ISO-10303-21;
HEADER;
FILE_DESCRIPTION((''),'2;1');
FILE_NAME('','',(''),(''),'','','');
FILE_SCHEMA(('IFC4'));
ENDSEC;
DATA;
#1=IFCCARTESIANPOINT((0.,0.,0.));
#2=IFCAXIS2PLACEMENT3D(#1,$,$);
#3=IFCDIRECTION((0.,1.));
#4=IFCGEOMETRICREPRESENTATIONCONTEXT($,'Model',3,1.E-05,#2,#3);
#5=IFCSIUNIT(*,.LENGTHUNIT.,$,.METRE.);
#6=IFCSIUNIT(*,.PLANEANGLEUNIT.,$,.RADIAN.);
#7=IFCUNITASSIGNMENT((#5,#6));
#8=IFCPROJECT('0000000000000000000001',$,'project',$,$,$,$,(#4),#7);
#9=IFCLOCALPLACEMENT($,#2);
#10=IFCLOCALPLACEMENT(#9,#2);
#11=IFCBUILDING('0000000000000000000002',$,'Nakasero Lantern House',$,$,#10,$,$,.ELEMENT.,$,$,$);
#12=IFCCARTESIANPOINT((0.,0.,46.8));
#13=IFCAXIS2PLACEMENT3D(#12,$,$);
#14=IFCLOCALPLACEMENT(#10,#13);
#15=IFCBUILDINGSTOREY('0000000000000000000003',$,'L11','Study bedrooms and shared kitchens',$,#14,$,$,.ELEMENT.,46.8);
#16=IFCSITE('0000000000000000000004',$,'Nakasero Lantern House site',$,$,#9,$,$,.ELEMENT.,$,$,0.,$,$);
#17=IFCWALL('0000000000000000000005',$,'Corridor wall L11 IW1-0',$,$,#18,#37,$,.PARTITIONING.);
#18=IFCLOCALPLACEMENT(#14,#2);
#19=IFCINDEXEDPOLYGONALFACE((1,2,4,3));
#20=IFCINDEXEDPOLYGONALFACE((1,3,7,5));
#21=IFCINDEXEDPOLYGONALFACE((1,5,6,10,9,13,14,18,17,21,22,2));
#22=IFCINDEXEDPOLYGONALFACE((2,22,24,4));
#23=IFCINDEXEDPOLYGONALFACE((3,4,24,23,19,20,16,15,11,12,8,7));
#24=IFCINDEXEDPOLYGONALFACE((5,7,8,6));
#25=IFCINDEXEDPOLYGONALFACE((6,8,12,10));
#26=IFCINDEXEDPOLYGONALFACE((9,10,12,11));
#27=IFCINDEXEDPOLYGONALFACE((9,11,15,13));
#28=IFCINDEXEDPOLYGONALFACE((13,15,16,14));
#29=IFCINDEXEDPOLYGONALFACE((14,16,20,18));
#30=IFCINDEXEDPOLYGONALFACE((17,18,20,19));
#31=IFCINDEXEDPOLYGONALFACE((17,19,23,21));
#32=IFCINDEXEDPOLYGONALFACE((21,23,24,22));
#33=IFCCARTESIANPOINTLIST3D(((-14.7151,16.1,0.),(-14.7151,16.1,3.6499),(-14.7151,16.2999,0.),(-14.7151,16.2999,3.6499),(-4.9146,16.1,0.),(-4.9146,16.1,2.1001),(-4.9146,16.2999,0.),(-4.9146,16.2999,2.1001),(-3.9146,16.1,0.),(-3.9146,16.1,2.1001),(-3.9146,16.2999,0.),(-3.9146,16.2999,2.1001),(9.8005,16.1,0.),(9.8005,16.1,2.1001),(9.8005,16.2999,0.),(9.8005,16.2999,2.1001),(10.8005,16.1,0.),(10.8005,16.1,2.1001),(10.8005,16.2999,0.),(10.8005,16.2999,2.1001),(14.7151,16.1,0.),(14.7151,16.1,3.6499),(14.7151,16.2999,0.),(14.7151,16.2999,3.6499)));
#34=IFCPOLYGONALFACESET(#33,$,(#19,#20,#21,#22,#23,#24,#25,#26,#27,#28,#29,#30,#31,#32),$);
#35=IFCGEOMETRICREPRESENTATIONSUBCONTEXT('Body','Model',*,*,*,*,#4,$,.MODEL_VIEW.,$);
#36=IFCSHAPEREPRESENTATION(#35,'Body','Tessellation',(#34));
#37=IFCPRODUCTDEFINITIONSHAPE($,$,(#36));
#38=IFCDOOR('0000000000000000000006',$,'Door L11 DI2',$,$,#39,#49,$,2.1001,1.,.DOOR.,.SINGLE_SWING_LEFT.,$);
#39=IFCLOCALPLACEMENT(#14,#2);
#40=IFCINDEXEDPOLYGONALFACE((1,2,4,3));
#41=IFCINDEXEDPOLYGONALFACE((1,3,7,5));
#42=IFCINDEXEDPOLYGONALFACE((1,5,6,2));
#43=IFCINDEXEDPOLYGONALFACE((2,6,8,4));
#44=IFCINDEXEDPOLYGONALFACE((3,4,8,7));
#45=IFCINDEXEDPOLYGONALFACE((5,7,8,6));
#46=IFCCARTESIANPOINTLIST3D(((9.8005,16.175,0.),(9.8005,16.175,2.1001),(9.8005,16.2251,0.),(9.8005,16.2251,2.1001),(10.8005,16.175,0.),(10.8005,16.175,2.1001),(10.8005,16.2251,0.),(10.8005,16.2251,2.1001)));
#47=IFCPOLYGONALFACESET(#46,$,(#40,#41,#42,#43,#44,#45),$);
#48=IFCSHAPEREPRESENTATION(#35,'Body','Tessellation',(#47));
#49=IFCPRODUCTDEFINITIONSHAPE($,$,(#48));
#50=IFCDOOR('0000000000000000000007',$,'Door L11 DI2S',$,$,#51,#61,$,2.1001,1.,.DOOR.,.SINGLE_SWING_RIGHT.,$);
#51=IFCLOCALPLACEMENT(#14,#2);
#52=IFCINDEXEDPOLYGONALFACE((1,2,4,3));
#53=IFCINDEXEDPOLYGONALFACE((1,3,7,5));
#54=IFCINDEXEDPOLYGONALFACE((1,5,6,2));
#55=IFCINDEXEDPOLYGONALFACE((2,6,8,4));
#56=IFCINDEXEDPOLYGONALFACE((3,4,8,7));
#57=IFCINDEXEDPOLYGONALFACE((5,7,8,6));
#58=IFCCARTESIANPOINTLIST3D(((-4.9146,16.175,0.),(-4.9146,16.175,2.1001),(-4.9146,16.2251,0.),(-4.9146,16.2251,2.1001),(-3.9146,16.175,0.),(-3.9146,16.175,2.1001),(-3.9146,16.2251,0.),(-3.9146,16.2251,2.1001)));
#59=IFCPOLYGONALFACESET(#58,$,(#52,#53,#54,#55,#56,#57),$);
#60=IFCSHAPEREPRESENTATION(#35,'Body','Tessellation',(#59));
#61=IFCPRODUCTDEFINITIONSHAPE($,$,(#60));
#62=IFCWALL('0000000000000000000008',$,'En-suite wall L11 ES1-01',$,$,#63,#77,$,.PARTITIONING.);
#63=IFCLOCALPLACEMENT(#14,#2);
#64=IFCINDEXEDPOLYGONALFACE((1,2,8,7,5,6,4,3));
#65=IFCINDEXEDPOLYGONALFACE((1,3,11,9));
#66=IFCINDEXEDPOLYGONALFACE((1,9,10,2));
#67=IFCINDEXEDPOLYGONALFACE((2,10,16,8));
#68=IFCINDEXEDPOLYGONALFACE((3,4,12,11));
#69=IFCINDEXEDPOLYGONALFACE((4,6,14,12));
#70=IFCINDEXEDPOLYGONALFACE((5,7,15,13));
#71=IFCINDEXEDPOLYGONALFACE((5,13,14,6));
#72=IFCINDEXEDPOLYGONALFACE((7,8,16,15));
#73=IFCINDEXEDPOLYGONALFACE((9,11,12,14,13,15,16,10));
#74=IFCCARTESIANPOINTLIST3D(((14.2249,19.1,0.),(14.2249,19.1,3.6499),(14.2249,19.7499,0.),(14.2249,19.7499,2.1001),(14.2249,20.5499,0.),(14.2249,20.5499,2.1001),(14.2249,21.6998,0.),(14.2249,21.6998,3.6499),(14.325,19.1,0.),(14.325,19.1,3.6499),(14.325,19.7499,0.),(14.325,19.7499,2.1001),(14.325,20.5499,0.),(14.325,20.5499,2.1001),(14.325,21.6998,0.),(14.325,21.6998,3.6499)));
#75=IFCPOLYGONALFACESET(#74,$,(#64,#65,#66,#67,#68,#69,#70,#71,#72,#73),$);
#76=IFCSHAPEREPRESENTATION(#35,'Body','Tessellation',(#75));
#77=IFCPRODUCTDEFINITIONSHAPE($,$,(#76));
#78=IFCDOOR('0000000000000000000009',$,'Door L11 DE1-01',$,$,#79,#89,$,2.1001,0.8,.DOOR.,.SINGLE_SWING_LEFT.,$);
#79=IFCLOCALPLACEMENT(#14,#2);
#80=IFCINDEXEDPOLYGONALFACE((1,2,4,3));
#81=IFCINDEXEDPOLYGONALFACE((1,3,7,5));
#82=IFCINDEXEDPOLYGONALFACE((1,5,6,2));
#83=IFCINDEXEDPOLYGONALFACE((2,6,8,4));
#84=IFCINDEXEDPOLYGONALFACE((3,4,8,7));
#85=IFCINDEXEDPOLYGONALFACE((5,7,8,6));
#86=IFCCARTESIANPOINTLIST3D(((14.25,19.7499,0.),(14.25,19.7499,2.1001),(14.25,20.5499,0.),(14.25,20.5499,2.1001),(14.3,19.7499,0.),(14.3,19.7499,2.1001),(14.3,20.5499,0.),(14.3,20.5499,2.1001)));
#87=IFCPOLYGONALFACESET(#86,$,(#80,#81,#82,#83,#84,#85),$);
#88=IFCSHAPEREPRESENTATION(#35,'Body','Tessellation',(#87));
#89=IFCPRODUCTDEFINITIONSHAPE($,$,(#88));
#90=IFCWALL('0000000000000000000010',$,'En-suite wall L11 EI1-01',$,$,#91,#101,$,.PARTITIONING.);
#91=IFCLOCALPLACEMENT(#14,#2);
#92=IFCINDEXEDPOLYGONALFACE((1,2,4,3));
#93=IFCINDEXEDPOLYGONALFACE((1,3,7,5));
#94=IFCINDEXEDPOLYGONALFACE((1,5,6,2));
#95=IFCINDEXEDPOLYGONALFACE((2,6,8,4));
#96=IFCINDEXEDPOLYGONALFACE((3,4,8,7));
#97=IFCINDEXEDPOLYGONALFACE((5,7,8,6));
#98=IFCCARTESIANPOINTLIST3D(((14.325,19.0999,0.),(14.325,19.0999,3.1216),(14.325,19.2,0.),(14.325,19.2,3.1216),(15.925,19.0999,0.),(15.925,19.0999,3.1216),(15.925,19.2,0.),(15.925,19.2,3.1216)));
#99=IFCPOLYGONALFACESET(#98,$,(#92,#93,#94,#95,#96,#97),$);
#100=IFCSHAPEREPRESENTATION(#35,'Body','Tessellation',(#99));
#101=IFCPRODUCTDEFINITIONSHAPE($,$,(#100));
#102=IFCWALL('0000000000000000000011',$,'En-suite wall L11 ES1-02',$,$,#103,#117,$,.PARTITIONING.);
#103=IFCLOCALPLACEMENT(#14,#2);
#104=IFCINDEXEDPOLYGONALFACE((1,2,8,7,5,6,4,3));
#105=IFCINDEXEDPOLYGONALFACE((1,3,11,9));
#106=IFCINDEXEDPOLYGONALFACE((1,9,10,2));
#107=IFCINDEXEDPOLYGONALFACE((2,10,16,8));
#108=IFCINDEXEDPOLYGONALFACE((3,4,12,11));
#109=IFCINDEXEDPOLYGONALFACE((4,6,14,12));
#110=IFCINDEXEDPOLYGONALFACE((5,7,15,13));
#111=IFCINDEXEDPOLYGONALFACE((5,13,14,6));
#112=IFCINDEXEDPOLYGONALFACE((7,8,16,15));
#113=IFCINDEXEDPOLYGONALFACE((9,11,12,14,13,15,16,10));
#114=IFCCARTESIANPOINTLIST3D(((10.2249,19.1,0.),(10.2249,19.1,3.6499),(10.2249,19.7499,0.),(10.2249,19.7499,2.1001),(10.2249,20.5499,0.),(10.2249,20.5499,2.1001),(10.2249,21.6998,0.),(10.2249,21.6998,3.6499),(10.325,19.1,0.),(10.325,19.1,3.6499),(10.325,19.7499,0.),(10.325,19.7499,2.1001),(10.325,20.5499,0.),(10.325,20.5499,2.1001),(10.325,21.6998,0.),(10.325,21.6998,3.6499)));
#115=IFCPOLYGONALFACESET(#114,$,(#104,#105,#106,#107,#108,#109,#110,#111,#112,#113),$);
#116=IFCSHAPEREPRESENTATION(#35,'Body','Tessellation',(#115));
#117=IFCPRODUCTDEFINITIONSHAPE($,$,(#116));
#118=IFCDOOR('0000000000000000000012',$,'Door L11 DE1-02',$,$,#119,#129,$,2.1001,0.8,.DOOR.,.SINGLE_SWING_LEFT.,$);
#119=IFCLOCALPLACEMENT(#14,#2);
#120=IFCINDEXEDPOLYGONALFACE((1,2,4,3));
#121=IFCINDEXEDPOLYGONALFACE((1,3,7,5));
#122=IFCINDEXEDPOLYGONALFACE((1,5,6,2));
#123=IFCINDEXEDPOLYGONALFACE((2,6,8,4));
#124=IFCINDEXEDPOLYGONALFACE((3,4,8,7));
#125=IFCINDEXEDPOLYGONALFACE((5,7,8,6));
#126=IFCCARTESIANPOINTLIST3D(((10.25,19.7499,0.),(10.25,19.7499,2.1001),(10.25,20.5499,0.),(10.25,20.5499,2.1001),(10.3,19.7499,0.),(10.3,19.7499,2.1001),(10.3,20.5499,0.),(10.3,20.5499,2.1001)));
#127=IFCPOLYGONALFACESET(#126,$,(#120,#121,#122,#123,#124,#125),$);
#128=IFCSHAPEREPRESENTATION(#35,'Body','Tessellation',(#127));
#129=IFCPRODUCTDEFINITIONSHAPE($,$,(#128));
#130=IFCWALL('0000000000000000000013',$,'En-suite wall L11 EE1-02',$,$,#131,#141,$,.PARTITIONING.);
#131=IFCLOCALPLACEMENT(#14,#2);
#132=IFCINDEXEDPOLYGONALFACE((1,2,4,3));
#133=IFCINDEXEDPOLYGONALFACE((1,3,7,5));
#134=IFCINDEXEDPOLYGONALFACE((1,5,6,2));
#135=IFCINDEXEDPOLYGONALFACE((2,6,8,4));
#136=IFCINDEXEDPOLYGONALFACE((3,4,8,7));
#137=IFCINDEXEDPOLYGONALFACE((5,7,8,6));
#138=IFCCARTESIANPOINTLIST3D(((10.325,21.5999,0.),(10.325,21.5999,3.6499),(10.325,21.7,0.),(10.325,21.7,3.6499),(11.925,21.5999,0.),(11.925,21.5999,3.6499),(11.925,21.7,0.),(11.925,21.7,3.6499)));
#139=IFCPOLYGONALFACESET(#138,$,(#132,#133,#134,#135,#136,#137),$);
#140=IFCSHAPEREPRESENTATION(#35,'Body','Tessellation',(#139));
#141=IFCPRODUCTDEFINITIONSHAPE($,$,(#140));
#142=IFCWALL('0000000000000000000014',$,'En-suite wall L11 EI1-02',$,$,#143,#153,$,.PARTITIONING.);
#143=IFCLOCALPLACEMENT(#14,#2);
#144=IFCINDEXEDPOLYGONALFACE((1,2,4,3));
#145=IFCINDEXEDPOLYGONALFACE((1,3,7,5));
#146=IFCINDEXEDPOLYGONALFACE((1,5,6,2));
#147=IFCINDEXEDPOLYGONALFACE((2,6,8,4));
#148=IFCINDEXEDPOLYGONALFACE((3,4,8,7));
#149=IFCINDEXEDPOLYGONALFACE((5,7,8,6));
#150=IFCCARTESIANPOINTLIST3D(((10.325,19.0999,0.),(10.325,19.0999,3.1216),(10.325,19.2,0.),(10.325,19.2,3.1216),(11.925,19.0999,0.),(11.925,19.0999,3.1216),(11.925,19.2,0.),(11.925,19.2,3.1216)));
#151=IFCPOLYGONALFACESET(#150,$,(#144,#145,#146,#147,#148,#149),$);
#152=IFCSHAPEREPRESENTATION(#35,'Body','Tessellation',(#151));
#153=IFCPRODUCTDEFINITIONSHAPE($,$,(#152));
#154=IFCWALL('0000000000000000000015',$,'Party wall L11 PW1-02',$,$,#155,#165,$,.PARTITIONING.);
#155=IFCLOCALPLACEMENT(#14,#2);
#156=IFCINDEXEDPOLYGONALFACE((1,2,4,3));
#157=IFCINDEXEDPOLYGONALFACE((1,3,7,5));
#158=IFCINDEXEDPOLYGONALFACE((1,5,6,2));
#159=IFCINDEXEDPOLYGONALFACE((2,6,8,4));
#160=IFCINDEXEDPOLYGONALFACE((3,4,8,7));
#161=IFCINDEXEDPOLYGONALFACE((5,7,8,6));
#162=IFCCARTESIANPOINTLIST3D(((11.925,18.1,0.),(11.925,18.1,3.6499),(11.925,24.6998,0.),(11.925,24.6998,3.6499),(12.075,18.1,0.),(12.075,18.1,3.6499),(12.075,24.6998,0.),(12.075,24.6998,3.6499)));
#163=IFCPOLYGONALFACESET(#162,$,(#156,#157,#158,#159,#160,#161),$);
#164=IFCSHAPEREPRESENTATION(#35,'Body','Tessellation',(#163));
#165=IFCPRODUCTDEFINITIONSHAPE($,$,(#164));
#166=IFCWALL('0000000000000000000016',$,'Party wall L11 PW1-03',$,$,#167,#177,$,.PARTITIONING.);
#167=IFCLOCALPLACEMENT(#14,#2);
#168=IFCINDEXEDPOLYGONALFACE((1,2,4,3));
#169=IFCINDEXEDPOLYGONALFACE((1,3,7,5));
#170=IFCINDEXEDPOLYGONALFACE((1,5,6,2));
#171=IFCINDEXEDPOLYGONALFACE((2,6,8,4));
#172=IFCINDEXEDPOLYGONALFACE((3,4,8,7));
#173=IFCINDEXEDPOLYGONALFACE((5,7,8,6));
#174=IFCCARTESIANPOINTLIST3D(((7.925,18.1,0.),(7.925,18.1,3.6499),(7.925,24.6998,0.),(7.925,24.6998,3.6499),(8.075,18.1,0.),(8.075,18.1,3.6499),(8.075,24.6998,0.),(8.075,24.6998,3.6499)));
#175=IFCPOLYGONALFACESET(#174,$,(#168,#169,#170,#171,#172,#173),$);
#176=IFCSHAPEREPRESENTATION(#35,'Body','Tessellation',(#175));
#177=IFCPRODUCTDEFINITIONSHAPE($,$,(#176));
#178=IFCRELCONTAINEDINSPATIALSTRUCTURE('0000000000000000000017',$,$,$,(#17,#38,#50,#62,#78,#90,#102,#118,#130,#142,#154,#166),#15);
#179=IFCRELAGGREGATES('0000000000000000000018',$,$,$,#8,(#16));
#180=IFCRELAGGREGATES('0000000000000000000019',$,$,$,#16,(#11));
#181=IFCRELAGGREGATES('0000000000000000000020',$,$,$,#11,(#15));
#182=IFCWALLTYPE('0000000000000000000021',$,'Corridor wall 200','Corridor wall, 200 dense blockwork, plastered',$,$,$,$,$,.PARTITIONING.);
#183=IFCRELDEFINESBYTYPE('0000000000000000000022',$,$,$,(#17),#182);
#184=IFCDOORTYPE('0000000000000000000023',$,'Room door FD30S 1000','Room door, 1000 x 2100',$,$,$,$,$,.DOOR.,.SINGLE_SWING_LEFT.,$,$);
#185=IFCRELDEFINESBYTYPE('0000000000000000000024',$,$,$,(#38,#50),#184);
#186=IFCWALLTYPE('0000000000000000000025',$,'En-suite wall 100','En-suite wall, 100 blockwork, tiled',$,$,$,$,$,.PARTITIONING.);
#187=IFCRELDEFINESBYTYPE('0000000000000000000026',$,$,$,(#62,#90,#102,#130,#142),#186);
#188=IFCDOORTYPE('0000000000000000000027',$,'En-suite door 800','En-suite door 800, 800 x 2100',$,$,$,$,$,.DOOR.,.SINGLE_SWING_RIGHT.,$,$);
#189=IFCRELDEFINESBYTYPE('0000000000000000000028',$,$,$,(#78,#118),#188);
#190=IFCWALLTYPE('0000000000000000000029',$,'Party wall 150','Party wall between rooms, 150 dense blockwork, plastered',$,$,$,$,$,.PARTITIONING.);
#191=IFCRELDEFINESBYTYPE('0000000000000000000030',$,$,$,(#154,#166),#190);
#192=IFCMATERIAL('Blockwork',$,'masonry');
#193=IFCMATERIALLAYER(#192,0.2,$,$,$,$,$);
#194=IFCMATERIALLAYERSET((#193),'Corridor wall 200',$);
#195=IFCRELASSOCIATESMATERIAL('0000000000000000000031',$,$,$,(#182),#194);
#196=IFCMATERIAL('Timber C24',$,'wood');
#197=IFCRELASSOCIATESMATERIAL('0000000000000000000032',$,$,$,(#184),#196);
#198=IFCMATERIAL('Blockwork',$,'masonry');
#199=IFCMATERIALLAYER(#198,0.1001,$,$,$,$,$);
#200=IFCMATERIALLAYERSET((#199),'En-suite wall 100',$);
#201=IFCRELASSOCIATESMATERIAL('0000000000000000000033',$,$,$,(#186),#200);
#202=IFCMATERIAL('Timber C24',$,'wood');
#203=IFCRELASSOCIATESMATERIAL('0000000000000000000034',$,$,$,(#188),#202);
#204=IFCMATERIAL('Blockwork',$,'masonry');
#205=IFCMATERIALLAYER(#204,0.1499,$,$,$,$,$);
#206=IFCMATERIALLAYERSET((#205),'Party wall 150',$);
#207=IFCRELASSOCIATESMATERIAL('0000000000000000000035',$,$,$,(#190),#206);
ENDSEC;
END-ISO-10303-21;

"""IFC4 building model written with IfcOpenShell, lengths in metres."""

from ifc_helpers import new_model, si_unit, direction, frame, frame_2d, origin, place, context, subcontext, project, spatial, rectangle, extrude, material, layer, layer_set, type_object, element, fill, save


model = new_model("IFC4")

# Units and contexts
model_context = context("Model", 3, precision=1e-05, world=origin(), true_north=direction((0.0, 1.0)))
body_context = subcontext(model_context, "Body", "Model", "MODEL_VIEW")
ifc_project = project(units=[si_unit("LENGTHUNIT", "METRE"), si_unit("PLANEANGLEUNIT", "RADIAN")], contexts=[model_context])

# Site, building, storey
site_placement = place(None, origin())
site = spatial("IfcSite", under=ifc_project, at=site_placement, Name="Nakasero Lantern House site", CompositionType="ELEMENT", RefElevation=0.0)
building_placement = place(site_placement, origin())
building = spatial("IfcBuilding", under=site, at=building_placement, Name="Nakasero Lantern House", CompositionType="ELEMENT")
storey_placement = place(building_placement, frame((0.0, 0.0, 46.8)))
storey = spatial("IfcBuildingStorey", under=building, at=storey_placement, Name="L11", Description="Study bedrooms and shared kitchens", CompositionType="ELEMENT", Elevation=46.8)

# Wall, openings, doors
ifc_material_1 = material(Name="Blockwork", Category="masonry")
ifc_layer_1 = layer(ifc_material_1, 0.2)
ifc_layer_set_1 = layer_set([ifc_layer_1], Name="Corridor wall 200")
wall_type_1 = type_object("IfcWallType", Name="Corridor wall 200", Description="Corridor wall, 200 dense blockwork, plastered", PredefinedType="PARTITIONING", material=ifc_layer_set_1)
wall_1_placement = place(storey_placement, frame((14.7151, 16.2, 0.0), z_axis=(0.0, 0.0, 1.0), x_axis=(-1.0, 0.0, 0.0)))
wall_1 = element("IfcWall", 1, at=wall_1_placement, inside=storey, type_object=wall_type_1, Name="Corridor wall L11 IW1-0", PredefinedType="PARTITIONING", context=body_context, shape_type="SweptSolid", body=[
    extrude(rectangle(XDim=29.4302, YDim=0.2, at=frame_2d((14.7151, 0.0))), origin(), (0.0, 0.0, 1.0), 3.6499),
])
opening_1_placement = place(wall_1_placement, frame((3.9146, 0.0, 0.0)))
opening_1 = element("IfcOpeningElement", 2, at=opening_1_placement, cuts=wall_1, PredefinedType="OPENING", context=body_context, shape_type="SweptSolid", body=[
    extrude(rectangle(XDim=1.0, YDim=2.1001, at=frame_2d((0.5, 1.05))), frame((0.0, 0.1199, 0.0), z_axis=(0.0, -1.0, 0.0), x_axis=(1.0, 0.0, 0.0)), (0.0, 0.0, 1.0), 0.24),
])
opening_2_placement = place(wall_1_placement, frame((18.6296, 0.0, 0.0)))
opening_2 = element("IfcOpeningElement", 3, at=opening_2_placement, cuts=wall_1, PredefinedType="OPENING", context=body_context, shape_type="SweptSolid", body=[
    extrude(rectangle(XDim=1.0, YDim=2.1001, at=frame_2d((0.5, 1.05))), frame((0.0, 0.1199, 0.0), z_axis=(0.0, -1.0, 0.0), x_axis=(1.0, 0.0, 0.0)), (0.0, 0.0, 1.0), 0.24),
])
ifc_material_2 = material(Name="Timber C24", Category="wood")
door_type_1 = type_object("IfcDoorType", Name="Room door FD30S 1000", Description="Room door, 1000 x 2100", OperationType="SINGLE_SWING_LEFT", PredefinedType="DOOR", material=ifc_material_2)
door_1_placement = place(opening_1_placement, origin())
door_1 = element("IfcDoor", 4, at=door_1_placement, inside=storey, type_object=door_type_1, Name="Door L11 DI2", OperationType="SINGLE_SWING_LEFT", OverallHeight=2.1001, OverallWidth=1.0, PredefinedType="DOOR", context=body_context, shape_type="SweptSolid", body=[
    extrude(rectangle(XDim=1.0, YDim=2.1001, at=frame_2d((0.5, 1.05))), frame((0.0, 0.0249, 0.0), z_axis=(0.0, -1.0, 0.0), x_axis=(1.0, 0.0, 0.0)), (0.0, 0.0, 1.0), 0.05),
])
fill(opening_1, door_1)
door_2_placement = place(opening_2_placement, origin())
door_2 = element("IfcDoor", 5, at=door_2_placement, inside=storey, type_object=door_type_1, Name="Door L11 DI2S", OperationType="SINGLE_SWING_RIGHT", OverallHeight=2.1001, OverallWidth=1.0, PredefinedType="DOOR", context=body_context, shape_type="SweptSolid", body=[
    extrude(rectangle(XDim=1.0, YDim=2.1001, at=frame_2d((0.5, 1.05))), frame((0.0, 0.0249, 0.0), z_axis=(0.0, -1.0, 0.0), x_axis=(1.0, 0.0, 0.0)), (0.0, 0.0, 1.0), 0.05),
])
fill(opening_2, door_2)

# Wall, opening, door
ifc_material_3 = material(Name="Blockwork", Category="masonry")
ifc_layer_2 = layer(ifc_material_3, 0.1001)
ifc_layer_set_2 = layer_set([ifc_layer_2], Name="En-suite wall 100")
wall_type_2 = type_object("IfcWallType", Name="En-suite wall 100", Description="En-suite wall, 100 blockwork, tiled", PredefinedType="PARTITIONING", material=ifc_layer_set_2)
wall_2_placement = place(storey_placement, frame((14.2749, 19.1001, 0.0), z_axis=(0.0, 0.0, 1.0), x_axis=(0.0, 1.0, 0.0)))
wall_2 = element("IfcWall", 6, at=wall_2_placement, inside=storey, type_object=wall_type_2, Name="En-suite wall L11 ES1-01", PredefinedType="PARTITIONING", context=body_context, shape_type="SweptSolid", body=[
    extrude(rectangle(XDim=2.5999, YDim=0.1001, at=frame_2d((1.2998, 0.0))), origin(), (0.0, 0.0, 1.0), 3.6499),
])
opening_3_placement = place(wall_2_placement, frame((0.6499, 0.0, 0.0)))
opening_3 = element("IfcOpeningElement", 7, at=opening_3_placement, cuts=wall_2, PredefinedType="OPENING", context=body_context, shape_type="SweptSolid", body=[
    extrude(rectangle(XDim=0.8, YDim=2.1001, at=frame_2d((0.3999, 1.05))), frame((0.0, 0.0701, 0.0), z_axis=(0.0, -1.0, 0.0), x_axis=(1.0, 0.0, 0.0)), (0.0, 0.0, 1.0), 0.1401),
])
ifc_material_4 = material(Name="Timber C24", Category="wood")
door_type_2 = type_object("IfcDoorType", Name="En-suite door 800", Description="En-suite door 800, 800 x 2100", OperationType="SINGLE_SWING_RIGHT", PredefinedType="DOOR", material=ifc_material_4)
door_3_placement = place(opening_3_placement, origin())
door_3 = element("IfcDoor", 8, at=door_3_placement, inside=storey, type_object=door_type_2, Name="Door L11 DE1-01", OperationType="SINGLE_SWING_LEFT", OverallHeight=2.1001, OverallWidth=0.8, PredefinedType="DOOR", context=body_context, shape_type="SweptSolid", body=[
    extrude(rectangle(XDim=0.8, YDim=2.1001, at=frame_2d((0.3999, 1.05))), frame((0.0, 0.0249, 0.0), z_axis=(0.0, -1.0, 0.0), x_axis=(1.0, 0.0, 0.0)), (0.0, 0.0, 1.0), 0.05),
])
fill(opening_3, door_3)

# Wall
wall_3_placement = place(storey_placement, frame((15.925, 19.1499, 0.0), z_axis=(0.0, 0.0, 1.0), x_axis=(-1.0, 0.0, 0.0)))
element("IfcWall", 9, at=wall_3_placement, inside=storey, type_object=wall_type_2, Name="En-suite wall L11 EI1-01", PredefinedType="PARTITIONING", context=body_context, shape_type="SweptSolid", body=[
    extrude(rectangle(XDim=1.6001, YDim=0.1001, at=frame_2d((0.8, 0.0))), origin(), (0.0, 0.0, 1.0), 3.1216),
])

# Wall, opening, door
wall_4_placement = place(storey_placement, frame((10.2749, 19.1001, 0.0), z_axis=(0.0, 0.0, 1.0), x_axis=(0.0, 1.0, 0.0)))
wall_4 = element("IfcWall", 10, at=wall_4_placement, inside=storey, type_object=wall_type_2, Name="En-suite wall L11 ES1-02", PredefinedType="PARTITIONING", context=body_context, shape_type="SweptSolid", body=[
    extrude(rectangle(XDim=2.5999, YDim=0.1001, at=frame_2d((1.2998, 0.0))), origin(), (0.0, 0.0, 1.0), 3.6499),
])
opening_4_placement = place(wall_4_placement, frame((0.6499, 0.0, 0.0)))
opening_4 = element("IfcOpeningElement", 11, at=opening_4_placement, cuts=wall_4, PredefinedType="OPENING", context=body_context, shape_type="SweptSolid", body=[
    extrude(rectangle(XDim=0.8, YDim=2.1001, at=frame_2d((0.3999, 1.05))), frame((0.0, 0.0701, 0.0), z_axis=(0.0, -1.0, 0.0), x_axis=(1.0, 0.0, 0.0)), (0.0, 0.0, 1.0), 0.1401),
])
door_4_placement = place(opening_4_placement, origin())
door_4 = element("IfcDoor", 12, at=door_4_placement, inside=storey, type_object=door_type_2, Name="Door L11 DE1-02", OperationType="SINGLE_SWING_LEFT", OverallHeight=2.1001, OverallWidth=0.8, PredefinedType="DOOR", context=body_context, shape_type="SweptSolid", body=[
    extrude(rectangle(XDim=0.8, YDim=2.1001, at=frame_2d((0.3999, 1.05))), frame((0.0, 0.0249, 0.0), z_axis=(0.0, -1.0, 0.0), x_axis=(1.0, 0.0, 0.0)), (0.0, 0.0, 1.0), 0.05),
])
fill(opening_4, door_4)

# Walls
wall_5_placement = place(storey_placement, frame((11.925, 21.6499, 0.0), z_axis=(0.0, 0.0, 1.0), x_axis=(-1.0, 0.0, 0.0)))
element("IfcWall", 13, at=wall_5_placement, inside=storey, type_object=wall_type_2, Name="En-suite wall L11 EE1-02", PredefinedType="PARTITIONING", context=body_context, shape_type="SweptSolid", body=[
    extrude(rectangle(XDim=1.6001, YDim=0.1001, at=frame_2d((0.8, 0.0))), origin(), (0.0, 0.0, 1.0), 3.6499),
])
wall_6_placement = place(storey_placement, frame((11.925, 19.1499, 0.0), z_axis=(0.0, 0.0, 1.0), x_axis=(-1.0, 0.0, 0.0)))
element("IfcWall", 14, at=wall_6_placement, inside=storey, type_object=wall_type_2, Name="En-suite wall L11 EI1-02", PredefinedType="PARTITIONING", context=body_context, shape_type="SweptSolid", body=[
    extrude(rectangle(XDim=1.6001, YDim=0.1001, at=frame_2d((0.8, 0.0))), origin(), (0.0, 0.0, 1.0), 3.1216),
])
ifc_material_5 = material(Name="Blockwork", Category="masonry")
ifc_layer_3 = layer(ifc_material_5, 0.1499)
ifc_layer_set_3 = layer_set([ifc_layer_3], Name="Party wall 150")
wall_type_3 = type_object("IfcWallType", Name="Party wall 150", Description="Party wall between rooms, 150 dense blockwork, plastered", PredefinedType="PARTITIONING", material=ifc_layer_set_3)
for number, where, z_axis, x_axis, name in (
    (15, (12.0, 18.1001, 0.0), (0.0, 0.0, 1.0), (0.0, 1.0, 0.0), "Party wall L11 PW1-02"),
    (16, (8.0, 18.1001, 0.0), (0.0, 0.0, 1.0), (0.0, 1.0, 0.0), "Party wall L11 PW1-03"),
):
    element("IfcWall", number, at=place(storey_placement, frame(where, z_axis=z_axis, x_axis=x_axis)), inside=storey, type_object=wall_type_3, Name=name, PredefinedType="PARTITIONING", context=body_context, shape_type="SweptSolid", body=[
        extrude(rectangle(XDim=6.5999, YDim=0.1499, at=frame_2d((3.2998, 0.0))), origin(), (0.0, 0.0, 1.0), 3.6499),
    ])

save(model, "model.ifc")
